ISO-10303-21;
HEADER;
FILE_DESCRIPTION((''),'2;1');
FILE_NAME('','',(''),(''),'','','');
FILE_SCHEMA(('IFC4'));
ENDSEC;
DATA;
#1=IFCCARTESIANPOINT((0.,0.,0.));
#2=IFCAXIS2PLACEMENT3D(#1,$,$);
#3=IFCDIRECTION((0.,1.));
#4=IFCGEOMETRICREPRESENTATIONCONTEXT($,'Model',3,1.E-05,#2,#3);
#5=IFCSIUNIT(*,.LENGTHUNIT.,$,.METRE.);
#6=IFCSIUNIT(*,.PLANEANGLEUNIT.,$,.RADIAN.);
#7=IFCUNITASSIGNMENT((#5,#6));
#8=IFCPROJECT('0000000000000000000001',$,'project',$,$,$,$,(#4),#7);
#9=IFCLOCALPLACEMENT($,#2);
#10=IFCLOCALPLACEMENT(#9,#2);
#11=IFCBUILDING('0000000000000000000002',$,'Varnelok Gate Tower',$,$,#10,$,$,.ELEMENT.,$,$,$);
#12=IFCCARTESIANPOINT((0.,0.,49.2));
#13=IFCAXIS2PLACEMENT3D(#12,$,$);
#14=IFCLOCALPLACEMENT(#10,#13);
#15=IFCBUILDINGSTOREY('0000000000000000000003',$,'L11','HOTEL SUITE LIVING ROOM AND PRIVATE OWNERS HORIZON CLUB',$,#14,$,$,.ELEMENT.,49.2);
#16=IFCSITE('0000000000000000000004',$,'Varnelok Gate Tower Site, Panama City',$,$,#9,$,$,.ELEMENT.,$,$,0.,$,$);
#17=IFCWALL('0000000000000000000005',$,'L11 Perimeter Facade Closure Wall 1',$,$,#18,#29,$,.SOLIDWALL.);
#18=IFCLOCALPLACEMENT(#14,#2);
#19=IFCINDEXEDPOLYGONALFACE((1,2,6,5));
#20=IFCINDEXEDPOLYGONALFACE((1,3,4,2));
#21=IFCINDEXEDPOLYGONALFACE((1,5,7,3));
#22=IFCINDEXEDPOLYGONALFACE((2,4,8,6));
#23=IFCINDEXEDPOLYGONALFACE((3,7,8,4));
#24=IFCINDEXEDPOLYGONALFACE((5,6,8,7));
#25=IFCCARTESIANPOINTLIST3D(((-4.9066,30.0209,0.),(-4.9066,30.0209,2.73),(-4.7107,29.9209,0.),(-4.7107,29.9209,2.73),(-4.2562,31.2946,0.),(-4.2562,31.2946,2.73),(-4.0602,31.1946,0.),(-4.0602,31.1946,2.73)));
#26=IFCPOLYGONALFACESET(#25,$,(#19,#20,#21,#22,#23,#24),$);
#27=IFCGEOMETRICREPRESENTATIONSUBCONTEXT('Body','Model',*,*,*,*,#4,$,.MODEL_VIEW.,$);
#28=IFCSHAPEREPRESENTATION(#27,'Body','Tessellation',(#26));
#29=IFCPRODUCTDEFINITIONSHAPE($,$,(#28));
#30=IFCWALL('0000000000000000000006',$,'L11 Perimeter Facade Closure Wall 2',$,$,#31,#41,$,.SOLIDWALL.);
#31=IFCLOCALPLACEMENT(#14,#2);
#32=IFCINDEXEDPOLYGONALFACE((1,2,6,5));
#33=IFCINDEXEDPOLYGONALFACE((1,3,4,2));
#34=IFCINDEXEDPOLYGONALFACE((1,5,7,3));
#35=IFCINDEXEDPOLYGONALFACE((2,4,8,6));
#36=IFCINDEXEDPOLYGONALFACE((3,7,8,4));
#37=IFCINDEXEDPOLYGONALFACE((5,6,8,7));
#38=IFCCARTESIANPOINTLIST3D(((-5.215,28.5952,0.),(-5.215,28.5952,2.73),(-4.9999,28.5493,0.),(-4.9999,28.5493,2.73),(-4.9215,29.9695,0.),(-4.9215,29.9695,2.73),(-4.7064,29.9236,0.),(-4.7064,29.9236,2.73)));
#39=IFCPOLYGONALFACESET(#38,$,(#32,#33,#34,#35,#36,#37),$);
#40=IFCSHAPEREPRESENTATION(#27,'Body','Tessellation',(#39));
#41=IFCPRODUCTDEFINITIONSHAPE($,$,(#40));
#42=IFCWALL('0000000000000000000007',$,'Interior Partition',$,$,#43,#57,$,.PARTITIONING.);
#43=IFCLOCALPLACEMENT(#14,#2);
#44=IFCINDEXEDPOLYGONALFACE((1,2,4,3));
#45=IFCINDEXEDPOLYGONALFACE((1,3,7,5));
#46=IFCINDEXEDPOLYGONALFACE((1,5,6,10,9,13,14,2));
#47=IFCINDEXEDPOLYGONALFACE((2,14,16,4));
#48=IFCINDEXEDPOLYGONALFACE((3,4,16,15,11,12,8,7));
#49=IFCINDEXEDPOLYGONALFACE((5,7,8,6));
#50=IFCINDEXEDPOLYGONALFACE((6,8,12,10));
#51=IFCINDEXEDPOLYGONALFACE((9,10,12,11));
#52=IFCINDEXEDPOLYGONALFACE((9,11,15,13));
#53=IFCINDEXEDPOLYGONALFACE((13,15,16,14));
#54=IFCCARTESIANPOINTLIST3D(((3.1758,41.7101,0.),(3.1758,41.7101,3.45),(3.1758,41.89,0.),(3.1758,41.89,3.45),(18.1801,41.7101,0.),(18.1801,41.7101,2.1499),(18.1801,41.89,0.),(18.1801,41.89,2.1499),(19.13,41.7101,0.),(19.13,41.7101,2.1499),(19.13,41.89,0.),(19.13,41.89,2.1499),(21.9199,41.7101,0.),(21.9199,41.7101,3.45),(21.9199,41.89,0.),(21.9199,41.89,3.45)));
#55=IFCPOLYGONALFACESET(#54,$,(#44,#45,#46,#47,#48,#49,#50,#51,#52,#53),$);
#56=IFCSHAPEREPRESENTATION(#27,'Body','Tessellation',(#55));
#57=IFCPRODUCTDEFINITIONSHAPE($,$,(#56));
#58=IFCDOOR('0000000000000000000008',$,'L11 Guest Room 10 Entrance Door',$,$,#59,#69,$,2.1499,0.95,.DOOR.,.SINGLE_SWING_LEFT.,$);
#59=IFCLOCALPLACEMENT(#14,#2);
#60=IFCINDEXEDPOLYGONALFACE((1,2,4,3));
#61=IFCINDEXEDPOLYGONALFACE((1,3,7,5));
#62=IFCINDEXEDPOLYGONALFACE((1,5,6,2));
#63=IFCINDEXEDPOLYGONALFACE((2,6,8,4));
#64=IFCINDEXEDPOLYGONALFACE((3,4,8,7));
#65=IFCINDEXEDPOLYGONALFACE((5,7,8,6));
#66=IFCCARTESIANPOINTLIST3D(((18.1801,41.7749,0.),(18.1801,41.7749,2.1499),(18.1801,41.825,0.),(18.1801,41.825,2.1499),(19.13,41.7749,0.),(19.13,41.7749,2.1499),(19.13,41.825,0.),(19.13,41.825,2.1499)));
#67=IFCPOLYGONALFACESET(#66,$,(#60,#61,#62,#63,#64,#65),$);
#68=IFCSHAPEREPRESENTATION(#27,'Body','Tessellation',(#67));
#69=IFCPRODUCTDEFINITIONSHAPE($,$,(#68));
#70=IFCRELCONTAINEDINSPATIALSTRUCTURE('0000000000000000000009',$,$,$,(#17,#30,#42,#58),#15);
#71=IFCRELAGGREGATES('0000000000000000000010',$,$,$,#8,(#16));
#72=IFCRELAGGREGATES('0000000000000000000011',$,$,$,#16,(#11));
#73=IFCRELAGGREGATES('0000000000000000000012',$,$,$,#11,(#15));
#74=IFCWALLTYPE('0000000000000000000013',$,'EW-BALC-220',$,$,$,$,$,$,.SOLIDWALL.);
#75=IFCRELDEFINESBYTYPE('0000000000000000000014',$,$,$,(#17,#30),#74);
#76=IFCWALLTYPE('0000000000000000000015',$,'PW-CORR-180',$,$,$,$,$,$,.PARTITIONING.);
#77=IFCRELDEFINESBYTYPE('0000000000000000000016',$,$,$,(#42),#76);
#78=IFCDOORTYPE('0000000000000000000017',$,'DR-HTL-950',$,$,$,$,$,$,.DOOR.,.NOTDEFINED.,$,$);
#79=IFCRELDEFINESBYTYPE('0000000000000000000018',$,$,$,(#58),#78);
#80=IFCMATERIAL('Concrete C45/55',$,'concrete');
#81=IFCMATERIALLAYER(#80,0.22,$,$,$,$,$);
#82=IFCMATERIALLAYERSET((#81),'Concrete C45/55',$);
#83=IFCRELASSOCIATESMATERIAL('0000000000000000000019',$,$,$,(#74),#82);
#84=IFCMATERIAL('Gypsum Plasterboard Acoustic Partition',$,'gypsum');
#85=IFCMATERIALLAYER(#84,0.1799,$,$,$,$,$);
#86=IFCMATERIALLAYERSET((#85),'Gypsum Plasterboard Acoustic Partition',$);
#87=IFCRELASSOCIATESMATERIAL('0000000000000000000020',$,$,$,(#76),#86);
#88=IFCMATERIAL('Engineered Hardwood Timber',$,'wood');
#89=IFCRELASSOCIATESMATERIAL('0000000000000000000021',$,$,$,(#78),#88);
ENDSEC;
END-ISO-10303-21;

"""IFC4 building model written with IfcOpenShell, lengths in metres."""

from ifc_helpers import new_model, si_unit, direction, frame, frame_2d, origin, place, context, subcontext, project, spatial, rectangle, extrude, material, layer, layer_set, type_object, element, fill, save


model = new_model("IFC4")

# Units and contexts
model_context = context("Model", 3, precision=1e-05, world=origin(), true_north=direction((0.0, 1.0)))
body_context = subcontext(model_context, "Body", "Model", "MODEL_VIEW")
ifc_project = project(units=[si_unit("LENGTHUNIT", "METRE"), si_unit("PLANEANGLEUNIT", "RADIAN")], contexts=[model_context])

# Site, building, storey
site_placement = place(None, origin())
site = spatial("IfcSite", under=ifc_project, at=site_placement, Name="Varnelok Gate Tower Site, Panama City", CompositionType="ELEMENT", RefElevation=0.0)
building_placement = place(site_placement, origin())
building = spatial("IfcBuilding", under=site, at=building_placement, Name="Varnelok Gate Tower", CompositionType="ELEMENT")
storey_placement = place(building_placement, frame((0.0, 0.0, 49.2)))
storey = spatial("IfcBuildingStorey", under=building, at=storey_placement, Name="L11", Description="HOTEL SUITE LIVING ROOM AND PRIVATE OWNERS HORIZON CLUB", CompositionType="ELEMENT", Elevation=49.2)

# Walls
ifc_material_1 = material(Name="Concrete C45/55", Category="concrete")
ifc_layer_1 = layer(ifc_material_1, 0.22)
ifc_layer_set_1 = layer_set([ifc_layer_1], Name="Concrete C45/55")
wall_type_1 = type_object("IfcWallType", Name="EW-BALC-220", PredefinedType="SOLIDWALL", material=ifc_layer_set_1)
wall_1_placement = place(storey_placement, frame((-4.1582, 31.2446, 0.0), z_axis=(0.0, 0.0, 1.0), x_axis=(-0.454777, -0.890605, 0.0)))
element("IfcWall", 1, at=wall_1_placement, inside=storey, type_object=wall_type_1, Name="L11 Perimeter Facade Closure Wall 1", PredefinedType="SOLIDWALL", context=body_context, shape_type="SweptSolid", body=[
    extrude(rectangle(XDim=1.4302, YDim=0.22, at=frame_2d((0.7151, 0.0))), origin(), (0.0, 0.0, 1.0), 2.73),
])
wall_2_placement = place(storey_placement, frame((-4.814, 29.9465, 0.0), z_axis=(0.0, 0.0, 1.0), x_axis=(-0.208829, -0.977952, 0.0)))
element("IfcWall", 2, at=wall_2_placement, inside=storey, type_object=wall_type_1, Name="L11 Perimeter Facade Closure Wall 2", PredefinedType="SOLIDWALL", context=body_context, shape_type="SweptSolid", body=[
    extrude(rectangle(XDim=1.4053, YDim=0.22, at=frame_2d((0.7026, 0.0))), origin(), (0.0, 0.0, 1.0), 2.73),
])

# Wall, opening, door
ifc_material_2 = material(Name="Gypsum Plasterboard Acoustic Partition", Category="gypsum")
ifc_layer_2 = layer(ifc_material_2, 0.1799)
ifc_layer_set_2 = layer_set([ifc_layer_2], Name="Gypsum Plasterboard Acoustic Partition")
wall_type_2 = type_object("IfcWallType", Name="PW-CORR-180", PredefinedType="PARTITIONING", material=ifc_layer_set_2)
wall_3_placement = place(storey_placement, frame((3.1758, 41.8, 0.0), z_axis=(0.0, 0.0, 1.0), x_axis=(1.0, 0.0, 0.0)))
wall_3 = element("IfcWall", 3, at=wall_3_placement, inside=storey, type_object=wall_type_2, Name="Interior Partition", PredefinedType="PARTITIONING", context=body_context, shape_type="SweptSolid", body=[
    extrude(rectangle(XDim=18.7441, YDim=0.1799, at=frame_2d((9.3721, 0.0))), origin(), (0.0, 0.0, 1.0), 3.45),
])
opening_placement = place(wall_3_placement, frame((15.0042, 0.0, 0.0)))
opening = element("IfcOpeningElement", 4, at=opening_placement, cuts=wall_3, PredefinedType="OPENING", context=body_context, shape_type="SweptSolid", body=[
    extrude(rectangle(XDim=0.95, YDim=2.1499, at=frame_2d((0.4751, 1.075))), frame((0.0, 0.0999, 0.0), z_axis=(0.0, -1.0, 0.0), x_axis=(1.0, 0.0, 0.0)), (0.0, 0.0, 1.0), 0.2),
])
ifc_material_3 = material(Name="Engineered Hardwood Timber", Category="wood")
door_type = type_object("IfcDoorType", Name="DR-HTL-950", OperationType="NOTDEFINED", PredefinedType="DOOR", material=ifc_material_3)
door_placement = place(opening_placement, origin())
door = element("IfcDoor", 5, at=door_placement, inside=storey, type_object=door_type, Name="L11 Guest Room 10 Entrance Door", OperationType="SINGLE_SWING_LEFT", OverallHeight=2.1499, OverallWidth=0.95, PredefinedType="DOOR", context=body_context, shape_type="SweptSolid", body=[
    extrude(rectangle(XDim=0.95, YDim=2.1499, at=frame_2d((0.4751, 1.075))), frame((0.0, 0.0249, 0.0), z_axis=(0.0, -1.0, 0.0), x_axis=(1.0, 0.0, 0.0)), (0.0, 0.0, 1.0), 0.05),
])
fill(opening, door)

save(model, "model.ifc")
